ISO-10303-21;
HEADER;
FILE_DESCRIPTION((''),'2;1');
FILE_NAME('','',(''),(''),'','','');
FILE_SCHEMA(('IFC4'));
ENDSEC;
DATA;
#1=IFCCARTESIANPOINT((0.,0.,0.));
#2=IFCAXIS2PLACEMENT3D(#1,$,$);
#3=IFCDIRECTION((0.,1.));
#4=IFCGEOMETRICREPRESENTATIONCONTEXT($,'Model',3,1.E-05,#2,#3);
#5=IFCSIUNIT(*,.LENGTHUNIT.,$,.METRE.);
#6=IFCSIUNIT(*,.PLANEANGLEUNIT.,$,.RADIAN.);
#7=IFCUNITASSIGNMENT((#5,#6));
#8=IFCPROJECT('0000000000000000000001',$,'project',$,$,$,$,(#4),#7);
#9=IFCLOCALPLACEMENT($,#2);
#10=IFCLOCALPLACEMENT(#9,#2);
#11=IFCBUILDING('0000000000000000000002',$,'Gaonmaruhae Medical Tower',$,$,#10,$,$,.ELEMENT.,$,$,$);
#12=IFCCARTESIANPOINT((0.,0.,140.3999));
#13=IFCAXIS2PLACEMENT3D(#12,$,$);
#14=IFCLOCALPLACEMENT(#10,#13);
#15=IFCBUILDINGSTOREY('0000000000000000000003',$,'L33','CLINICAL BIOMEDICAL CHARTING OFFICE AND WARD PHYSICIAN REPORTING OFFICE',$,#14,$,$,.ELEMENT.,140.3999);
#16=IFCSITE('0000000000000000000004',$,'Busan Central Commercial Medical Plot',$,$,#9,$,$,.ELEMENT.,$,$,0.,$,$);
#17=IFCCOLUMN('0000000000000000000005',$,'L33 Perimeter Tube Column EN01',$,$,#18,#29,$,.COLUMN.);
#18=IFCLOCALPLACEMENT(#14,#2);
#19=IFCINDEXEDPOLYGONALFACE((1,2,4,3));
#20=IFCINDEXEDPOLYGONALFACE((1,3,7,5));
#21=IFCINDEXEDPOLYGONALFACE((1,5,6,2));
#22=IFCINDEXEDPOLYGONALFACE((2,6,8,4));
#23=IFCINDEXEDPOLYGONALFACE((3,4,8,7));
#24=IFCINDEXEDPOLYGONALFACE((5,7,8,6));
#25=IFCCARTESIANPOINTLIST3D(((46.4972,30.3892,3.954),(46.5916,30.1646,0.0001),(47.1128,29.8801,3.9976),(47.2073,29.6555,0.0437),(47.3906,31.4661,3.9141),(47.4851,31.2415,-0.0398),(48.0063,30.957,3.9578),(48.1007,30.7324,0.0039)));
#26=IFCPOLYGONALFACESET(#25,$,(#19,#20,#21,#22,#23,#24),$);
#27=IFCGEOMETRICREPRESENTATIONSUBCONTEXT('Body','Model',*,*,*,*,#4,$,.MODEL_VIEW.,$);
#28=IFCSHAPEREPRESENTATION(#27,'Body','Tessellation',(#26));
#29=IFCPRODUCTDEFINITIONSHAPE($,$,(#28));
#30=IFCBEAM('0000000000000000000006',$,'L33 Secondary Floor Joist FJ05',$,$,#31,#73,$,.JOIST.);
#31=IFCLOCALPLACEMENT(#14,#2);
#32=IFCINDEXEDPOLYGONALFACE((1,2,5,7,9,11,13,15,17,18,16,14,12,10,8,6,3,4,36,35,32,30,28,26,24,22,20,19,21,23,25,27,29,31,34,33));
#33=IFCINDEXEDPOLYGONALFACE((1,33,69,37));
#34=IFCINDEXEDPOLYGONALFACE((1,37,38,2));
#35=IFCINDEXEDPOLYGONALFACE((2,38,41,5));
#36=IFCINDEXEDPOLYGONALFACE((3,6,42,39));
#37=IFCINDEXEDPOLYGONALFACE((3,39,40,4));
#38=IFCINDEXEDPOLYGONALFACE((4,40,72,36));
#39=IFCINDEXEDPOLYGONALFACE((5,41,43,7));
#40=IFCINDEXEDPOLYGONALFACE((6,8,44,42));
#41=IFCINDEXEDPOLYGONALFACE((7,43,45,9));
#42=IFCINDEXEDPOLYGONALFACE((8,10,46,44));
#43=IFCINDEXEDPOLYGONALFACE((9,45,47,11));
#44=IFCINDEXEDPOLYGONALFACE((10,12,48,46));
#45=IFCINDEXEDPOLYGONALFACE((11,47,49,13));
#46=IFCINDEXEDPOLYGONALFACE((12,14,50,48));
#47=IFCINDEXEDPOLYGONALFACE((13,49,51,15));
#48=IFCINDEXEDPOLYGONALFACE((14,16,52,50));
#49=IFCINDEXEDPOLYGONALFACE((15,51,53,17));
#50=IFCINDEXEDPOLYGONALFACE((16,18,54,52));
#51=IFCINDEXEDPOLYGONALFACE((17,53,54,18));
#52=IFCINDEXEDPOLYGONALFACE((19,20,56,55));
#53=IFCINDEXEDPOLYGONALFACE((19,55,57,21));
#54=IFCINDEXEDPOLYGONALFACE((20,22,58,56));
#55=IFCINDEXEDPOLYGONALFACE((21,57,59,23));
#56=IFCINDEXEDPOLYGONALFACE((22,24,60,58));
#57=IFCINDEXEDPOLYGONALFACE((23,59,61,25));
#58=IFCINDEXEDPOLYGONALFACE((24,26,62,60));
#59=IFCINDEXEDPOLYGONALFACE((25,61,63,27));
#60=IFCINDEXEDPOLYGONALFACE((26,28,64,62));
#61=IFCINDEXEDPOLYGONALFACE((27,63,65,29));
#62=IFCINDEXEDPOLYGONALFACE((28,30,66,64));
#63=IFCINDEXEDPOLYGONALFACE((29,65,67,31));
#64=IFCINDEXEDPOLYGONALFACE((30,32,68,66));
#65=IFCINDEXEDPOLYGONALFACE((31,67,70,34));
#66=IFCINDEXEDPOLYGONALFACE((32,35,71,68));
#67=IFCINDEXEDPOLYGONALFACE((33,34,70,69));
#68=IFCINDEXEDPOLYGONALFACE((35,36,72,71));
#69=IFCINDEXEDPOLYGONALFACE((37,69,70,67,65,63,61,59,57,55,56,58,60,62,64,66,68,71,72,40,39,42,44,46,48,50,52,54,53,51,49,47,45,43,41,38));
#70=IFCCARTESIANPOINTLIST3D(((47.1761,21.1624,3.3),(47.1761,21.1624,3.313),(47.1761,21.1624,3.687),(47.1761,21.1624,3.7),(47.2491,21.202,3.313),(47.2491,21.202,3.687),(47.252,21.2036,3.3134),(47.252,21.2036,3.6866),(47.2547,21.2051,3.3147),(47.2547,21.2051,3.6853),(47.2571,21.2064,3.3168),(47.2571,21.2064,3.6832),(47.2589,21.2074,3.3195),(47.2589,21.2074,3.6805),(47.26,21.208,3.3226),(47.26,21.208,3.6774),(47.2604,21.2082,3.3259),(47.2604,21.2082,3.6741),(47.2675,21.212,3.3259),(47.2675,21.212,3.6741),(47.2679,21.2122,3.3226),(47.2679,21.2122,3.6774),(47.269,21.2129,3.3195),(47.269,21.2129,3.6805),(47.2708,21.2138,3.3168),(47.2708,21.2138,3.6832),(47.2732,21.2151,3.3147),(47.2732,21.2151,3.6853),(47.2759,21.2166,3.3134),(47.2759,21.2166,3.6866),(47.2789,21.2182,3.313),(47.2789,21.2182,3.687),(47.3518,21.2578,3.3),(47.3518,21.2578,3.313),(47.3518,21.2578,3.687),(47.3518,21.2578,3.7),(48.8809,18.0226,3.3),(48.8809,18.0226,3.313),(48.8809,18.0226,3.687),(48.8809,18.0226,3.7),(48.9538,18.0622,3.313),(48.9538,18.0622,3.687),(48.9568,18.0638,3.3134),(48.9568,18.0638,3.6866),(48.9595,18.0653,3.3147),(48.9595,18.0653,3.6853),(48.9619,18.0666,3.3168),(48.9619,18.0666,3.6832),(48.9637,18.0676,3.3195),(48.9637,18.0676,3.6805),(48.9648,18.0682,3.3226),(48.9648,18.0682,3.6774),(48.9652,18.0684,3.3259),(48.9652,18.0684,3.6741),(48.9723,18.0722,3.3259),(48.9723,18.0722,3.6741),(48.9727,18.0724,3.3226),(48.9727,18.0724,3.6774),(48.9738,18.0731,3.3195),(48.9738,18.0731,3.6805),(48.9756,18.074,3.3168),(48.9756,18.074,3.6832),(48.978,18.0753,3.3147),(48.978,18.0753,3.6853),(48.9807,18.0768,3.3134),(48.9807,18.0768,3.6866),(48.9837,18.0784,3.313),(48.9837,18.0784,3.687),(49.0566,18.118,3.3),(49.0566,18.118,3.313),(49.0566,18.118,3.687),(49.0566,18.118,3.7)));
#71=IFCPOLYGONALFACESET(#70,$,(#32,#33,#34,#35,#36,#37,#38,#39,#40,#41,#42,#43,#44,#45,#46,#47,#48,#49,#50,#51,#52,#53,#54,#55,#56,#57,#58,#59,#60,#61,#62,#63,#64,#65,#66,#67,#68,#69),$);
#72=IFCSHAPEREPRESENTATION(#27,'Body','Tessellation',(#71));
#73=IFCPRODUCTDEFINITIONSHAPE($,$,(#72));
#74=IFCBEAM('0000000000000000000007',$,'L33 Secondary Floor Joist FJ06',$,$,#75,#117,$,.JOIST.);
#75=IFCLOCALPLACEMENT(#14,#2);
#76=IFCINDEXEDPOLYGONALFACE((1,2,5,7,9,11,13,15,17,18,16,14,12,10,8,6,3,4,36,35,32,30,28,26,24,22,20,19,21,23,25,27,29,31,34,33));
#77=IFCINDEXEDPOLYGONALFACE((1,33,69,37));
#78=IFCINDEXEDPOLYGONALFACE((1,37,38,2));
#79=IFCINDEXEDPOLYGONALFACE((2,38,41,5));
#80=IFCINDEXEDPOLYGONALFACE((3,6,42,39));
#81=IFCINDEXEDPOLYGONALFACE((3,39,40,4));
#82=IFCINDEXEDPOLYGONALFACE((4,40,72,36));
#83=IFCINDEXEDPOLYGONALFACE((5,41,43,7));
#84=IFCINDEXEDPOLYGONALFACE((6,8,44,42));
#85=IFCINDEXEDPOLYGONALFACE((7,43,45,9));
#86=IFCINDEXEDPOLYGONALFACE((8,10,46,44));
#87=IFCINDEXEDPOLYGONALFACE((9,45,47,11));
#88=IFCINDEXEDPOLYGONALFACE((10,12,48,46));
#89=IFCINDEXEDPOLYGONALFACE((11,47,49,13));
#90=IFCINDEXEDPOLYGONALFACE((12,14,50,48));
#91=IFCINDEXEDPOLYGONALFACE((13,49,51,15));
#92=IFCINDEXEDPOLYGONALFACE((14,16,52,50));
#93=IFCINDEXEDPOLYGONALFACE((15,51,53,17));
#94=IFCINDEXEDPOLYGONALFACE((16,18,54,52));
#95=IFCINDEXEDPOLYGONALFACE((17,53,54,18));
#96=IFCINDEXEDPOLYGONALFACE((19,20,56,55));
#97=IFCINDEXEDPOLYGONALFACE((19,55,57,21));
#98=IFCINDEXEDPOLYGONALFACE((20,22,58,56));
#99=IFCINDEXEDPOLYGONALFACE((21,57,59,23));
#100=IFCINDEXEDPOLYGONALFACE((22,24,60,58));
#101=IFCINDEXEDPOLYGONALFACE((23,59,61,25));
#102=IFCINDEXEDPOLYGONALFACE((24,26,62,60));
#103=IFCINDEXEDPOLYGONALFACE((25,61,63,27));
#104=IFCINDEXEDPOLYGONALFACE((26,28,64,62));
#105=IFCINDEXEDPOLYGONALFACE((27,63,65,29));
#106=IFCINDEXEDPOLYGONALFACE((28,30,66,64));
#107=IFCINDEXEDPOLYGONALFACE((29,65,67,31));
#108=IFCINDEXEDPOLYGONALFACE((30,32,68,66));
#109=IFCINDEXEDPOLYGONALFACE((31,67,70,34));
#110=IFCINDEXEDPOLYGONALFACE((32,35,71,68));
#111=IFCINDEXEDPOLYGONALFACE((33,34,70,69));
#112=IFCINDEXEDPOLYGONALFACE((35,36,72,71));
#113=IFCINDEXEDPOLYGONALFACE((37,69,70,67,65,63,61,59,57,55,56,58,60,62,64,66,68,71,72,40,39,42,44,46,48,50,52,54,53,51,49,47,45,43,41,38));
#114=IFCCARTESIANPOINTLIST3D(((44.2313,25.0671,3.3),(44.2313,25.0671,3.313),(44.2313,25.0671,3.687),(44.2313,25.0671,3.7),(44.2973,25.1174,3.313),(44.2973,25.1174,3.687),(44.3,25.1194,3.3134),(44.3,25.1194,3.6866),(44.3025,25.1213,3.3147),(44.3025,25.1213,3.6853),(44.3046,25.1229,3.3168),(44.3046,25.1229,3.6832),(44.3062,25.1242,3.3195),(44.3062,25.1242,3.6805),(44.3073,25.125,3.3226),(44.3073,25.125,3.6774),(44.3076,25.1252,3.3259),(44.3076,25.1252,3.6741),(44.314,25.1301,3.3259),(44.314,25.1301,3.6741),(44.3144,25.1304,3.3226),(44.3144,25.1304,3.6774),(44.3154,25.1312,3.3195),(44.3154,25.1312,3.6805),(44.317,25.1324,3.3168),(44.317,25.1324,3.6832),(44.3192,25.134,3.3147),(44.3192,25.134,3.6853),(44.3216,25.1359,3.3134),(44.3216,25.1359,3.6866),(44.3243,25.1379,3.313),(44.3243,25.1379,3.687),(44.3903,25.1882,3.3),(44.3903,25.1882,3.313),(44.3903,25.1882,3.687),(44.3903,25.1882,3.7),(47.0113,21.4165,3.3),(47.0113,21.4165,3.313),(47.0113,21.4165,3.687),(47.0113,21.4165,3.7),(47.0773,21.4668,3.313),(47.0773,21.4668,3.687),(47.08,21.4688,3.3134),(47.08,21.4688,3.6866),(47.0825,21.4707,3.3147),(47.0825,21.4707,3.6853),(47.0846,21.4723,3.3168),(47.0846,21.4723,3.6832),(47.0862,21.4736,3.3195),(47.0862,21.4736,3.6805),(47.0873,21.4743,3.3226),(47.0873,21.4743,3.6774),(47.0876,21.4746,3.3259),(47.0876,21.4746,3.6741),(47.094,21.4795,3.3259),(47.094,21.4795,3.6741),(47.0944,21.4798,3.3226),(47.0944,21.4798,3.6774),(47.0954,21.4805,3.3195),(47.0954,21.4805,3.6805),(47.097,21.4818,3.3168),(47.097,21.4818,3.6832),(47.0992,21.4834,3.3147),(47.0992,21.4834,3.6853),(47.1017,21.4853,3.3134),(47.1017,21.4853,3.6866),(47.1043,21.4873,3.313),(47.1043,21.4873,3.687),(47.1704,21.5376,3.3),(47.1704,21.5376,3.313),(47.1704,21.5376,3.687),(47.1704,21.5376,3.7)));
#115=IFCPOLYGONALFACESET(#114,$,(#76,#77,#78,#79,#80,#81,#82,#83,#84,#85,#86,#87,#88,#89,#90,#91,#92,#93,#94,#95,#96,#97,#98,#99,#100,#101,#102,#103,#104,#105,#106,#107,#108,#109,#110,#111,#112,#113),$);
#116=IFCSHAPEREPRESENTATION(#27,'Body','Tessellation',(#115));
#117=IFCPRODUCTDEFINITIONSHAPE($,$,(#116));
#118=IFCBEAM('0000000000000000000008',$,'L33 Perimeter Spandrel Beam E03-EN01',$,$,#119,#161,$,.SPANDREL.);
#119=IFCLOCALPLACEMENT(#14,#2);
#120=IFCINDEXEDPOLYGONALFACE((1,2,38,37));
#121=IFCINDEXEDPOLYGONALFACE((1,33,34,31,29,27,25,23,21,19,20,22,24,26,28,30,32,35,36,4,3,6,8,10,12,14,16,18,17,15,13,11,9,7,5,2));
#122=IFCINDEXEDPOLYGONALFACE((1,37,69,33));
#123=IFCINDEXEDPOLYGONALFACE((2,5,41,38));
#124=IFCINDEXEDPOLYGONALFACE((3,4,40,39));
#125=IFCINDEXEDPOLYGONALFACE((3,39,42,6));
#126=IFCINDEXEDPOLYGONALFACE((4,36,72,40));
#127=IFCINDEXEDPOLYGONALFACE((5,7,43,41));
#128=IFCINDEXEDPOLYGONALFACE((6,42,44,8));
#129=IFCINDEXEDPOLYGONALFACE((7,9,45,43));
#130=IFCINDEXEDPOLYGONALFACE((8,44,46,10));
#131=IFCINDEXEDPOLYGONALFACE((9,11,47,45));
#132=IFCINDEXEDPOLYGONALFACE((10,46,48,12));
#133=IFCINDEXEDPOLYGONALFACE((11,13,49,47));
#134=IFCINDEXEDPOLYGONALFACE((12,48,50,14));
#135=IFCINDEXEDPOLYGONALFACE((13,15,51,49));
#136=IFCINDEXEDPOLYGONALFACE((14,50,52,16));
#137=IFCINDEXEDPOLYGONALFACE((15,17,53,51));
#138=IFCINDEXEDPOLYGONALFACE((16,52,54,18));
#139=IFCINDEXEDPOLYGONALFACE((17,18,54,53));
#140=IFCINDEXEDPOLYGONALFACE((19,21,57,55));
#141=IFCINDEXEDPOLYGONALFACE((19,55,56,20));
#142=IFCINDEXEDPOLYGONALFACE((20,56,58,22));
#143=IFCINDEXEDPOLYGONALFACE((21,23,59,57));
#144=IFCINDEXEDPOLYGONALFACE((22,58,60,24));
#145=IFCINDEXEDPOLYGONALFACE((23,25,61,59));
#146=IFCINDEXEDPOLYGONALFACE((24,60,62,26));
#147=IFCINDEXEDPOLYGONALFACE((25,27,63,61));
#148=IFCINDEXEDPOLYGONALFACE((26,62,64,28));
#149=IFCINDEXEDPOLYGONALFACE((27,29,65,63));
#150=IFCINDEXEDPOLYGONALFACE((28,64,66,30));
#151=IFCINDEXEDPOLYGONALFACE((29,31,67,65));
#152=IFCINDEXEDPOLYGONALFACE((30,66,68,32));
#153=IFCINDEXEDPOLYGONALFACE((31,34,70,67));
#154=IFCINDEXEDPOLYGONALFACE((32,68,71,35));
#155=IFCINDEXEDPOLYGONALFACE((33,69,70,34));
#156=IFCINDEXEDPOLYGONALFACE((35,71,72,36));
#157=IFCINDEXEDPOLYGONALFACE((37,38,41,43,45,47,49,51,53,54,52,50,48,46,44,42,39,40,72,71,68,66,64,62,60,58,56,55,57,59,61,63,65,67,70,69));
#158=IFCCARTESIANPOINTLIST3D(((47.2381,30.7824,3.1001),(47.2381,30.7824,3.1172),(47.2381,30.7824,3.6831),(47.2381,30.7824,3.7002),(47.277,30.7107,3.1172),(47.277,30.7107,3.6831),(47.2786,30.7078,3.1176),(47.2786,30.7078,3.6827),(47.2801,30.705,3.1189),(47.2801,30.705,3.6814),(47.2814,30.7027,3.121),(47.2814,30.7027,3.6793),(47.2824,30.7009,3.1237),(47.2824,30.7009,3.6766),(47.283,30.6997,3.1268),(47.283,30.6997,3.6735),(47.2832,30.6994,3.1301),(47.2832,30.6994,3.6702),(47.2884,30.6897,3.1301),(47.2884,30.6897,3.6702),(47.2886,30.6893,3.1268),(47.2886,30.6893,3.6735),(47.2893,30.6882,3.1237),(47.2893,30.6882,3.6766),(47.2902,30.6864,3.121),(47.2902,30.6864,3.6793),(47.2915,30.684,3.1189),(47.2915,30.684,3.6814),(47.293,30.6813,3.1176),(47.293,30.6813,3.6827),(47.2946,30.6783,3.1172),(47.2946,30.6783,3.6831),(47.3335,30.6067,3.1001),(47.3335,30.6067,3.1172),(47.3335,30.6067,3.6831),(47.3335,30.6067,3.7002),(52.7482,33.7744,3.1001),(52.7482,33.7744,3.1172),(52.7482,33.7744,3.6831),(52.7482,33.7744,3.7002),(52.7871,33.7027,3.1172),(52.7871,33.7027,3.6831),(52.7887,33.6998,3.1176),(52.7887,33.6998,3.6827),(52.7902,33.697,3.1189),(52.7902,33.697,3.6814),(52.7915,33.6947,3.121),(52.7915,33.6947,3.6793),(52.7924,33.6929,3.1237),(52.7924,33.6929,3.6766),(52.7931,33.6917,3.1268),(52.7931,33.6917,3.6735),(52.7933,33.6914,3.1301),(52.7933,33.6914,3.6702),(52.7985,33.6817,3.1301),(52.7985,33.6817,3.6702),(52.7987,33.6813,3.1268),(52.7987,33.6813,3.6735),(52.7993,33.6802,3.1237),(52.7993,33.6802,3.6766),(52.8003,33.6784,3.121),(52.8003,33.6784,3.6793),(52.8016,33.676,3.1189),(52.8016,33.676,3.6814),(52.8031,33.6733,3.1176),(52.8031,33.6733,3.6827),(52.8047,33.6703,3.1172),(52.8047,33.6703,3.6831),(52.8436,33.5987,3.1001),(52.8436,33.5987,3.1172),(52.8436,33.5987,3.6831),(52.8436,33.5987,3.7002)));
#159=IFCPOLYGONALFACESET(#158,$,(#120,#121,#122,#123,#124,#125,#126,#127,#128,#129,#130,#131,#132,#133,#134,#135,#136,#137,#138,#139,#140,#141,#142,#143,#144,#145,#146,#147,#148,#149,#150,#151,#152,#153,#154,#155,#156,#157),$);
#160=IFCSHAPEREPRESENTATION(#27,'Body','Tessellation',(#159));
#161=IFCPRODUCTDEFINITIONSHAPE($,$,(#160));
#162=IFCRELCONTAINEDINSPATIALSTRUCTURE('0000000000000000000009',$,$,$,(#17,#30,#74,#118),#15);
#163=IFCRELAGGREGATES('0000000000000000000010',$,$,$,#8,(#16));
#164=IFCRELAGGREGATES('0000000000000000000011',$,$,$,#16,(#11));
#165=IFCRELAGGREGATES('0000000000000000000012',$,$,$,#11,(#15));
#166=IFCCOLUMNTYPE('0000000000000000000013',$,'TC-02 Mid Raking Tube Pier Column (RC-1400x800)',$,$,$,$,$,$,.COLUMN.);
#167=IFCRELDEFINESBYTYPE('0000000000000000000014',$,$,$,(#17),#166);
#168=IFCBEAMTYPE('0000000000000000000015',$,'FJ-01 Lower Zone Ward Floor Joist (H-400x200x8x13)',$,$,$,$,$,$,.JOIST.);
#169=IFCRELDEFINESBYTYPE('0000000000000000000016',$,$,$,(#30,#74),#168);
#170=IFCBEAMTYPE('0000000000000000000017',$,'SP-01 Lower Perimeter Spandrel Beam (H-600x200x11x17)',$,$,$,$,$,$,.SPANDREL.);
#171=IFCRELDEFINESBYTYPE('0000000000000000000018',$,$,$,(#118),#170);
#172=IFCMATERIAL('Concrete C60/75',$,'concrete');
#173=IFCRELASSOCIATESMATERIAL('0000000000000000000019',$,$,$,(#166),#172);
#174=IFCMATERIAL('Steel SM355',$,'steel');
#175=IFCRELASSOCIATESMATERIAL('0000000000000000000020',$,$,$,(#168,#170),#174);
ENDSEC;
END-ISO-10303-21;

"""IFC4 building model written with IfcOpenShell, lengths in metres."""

from ifc_helpers import new_model, si_unit, direction, frame, origin, origin_2d, place, context, subcontext, project, spatial, rectangle, i_section, extrude, material, material_profile, profile_set, type_object, element, save


model = new_model("IFC4")

# Units and contexts
model_context = context("Model", 3, precision=1e-05, world=origin(), true_north=direction((0.0, 1.0)))
body_context = subcontext(model_context, "Body", "Model", "MODEL_VIEW")
ifc_project = project(units=[si_unit("LENGTHUNIT", "METRE"), si_unit("PLANEANGLEUNIT", "RADIAN")], contexts=[model_context])

# Site, building, storey
site_placement = place(None, origin())
site = spatial("IfcSite", under=ifc_project, at=site_placement, Name="Busan Central Commercial Medical Plot", CompositionType="ELEMENT", RefElevation=0.0)
building_placement = place(site_placement, origin())
building = spatial("IfcBuilding", under=site, at=building_placement, Name="Gaonmaruhae Medical Tower", CompositionType="ELEMENT")
storey_placement = place(building_placement, frame((0.0, 0.0, 140.3999)))
storey = spatial("IfcBuildingStorey", under=building, at=storey_placement, Name="L33", Description="CLINICAL BIOMEDICAL CHARTING OFFICE AND WARD PHYSICIAN REPORTING OFFICE", CompositionType="ELEMENT", Elevation=140.3999)

# Column
ifc_material_1 = material(Name="Concrete C60/75", Category="concrete")
ifc_material_profile_1 = material_profile(ifc_material_1, rectangle(XDim=1.3999, YDim=0.8, at=origin_2d()), Name="RC-1400x800")
ifc_profile_set_1 = profile_set([ifc_material_profile_1], Name="Concrete C60/75")
column_type = type_object("IfcColumnType", Name="TC-02 Mid Raking Tube Pier Column (RC-1400x800)", PredefinedType="COLUMN", material=ifc_profile_set_1)
column_placement = place(storey_placement, frame((47.3462, 30.4485, 0.002), z_axis=(-0.023851, 0.0567, 0.998106), x_axis=(-0.638245, -0.769307, 0.028451)))
element("IfcColumn", 1, at=column_placement, inside=storey, type_object=column_type, Name="L33 Perimeter Tube Column EN01", PredefinedType="COLUMN", context=body_context, shape_type="SweptSolid", body=[
    extrude(rectangle(XDim=1.3999, YDim=0.8, at=origin_2d()), origin(), (0.0, 0.0, 1.0), 3.9614),
])

# Beams
ifc_material_2 = material(Name="Steel SM355", Category="steel")
ifc_material_profile_2 = material_profile(ifc_material_2, i_section(OverallWidth=0.2, OverallDepth=0.3999, WebThickness=0.0081, FlangeThickness=0.0129, FilletRadius=0.0129, at=origin_2d()), Name="H-400x200x8x13")
ifc_profile_set_2 = profile_set([ifc_material_profile_2], Name="Steel SM355")
beam_type_1 = type_object("IfcBeamType", Name="FJ-01 Lower Zone Ward Floor Joist (H-400x200x8x13)", PredefinedType="JOIST", material=ifc_profile_set_2)
beam_1_placement = place(storey_placement, frame((48.9688, 18.0703, 3.5), z_axis=(-0.477161, 0.878816, 0.0), x_axis=(-0.878816, -0.477161, 0.0)))
element("IfcBeam", 2, at=beam_1_placement, inside=storey, type_object=beam_type_1, Name="L33 Secondary Floor Joist FJ05", PredefinedType="JOIST", context=body_context, shape_type="SweptSolid", body=[
    extrude(i_section(OverallWidth=0.2, OverallDepth=0.3999, WebThickness=0.0081, FlangeThickness=0.0129, FilletRadius=0.0129, at=origin_2d()), origin(), (0.0, 0.0, 1.0), 3.5728),
])
beam_2_placement = place(storey_placement, frame((47.0908, 21.4771, 3.5), z_axis=(-0.605849, 0.795579, 0.0), x_axis=(-0.795579, -0.605849, 0.0)))
element("IfcBeam", 3, at=beam_2_placement, inside=storey, type_object=beam_type_1, Name="L33 Secondary Floor Joist FJ06", PredefinedType="JOIST", context=body_context, shape_type="SweptSolid", body=[
    extrude(i_section(OverallWidth=0.2, OverallDepth=0.3999, WebThickness=0.0081, FlangeThickness=0.0129, FilletRadius=0.0129, at=origin_2d()), origin(), (0.0, 0.0, 1.0), 4.5886),
])
ifc_material_profile_3 = material_profile(ifc_material_2, i_section(OverallWidth=0.2, OverallDepth=0.6001, WebThickness=0.011, FlangeThickness=0.0171, FilletRadius=0.0129, at=origin_2d()), Name="H-600x200x11x17")
ifc_profile_set_3 = profile_set([ifc_material_profile_3], Name="Steel SM355")
beam_type_2 = type_object("IfcBeamType", Name="SP-01 Lower Perimeter Spandrel Beam (H-600x200x11x17)", PredefinedType="SPANDREL", material=ifc_profile_set_3)
beam_3_placement = place(storey_placement, frame((52.7959, 33.6865, 3.4001), z_axis=(-0.8788, -0.47719, 0.0), x_axis=(0.47719, -0.8788, 0.0)))
element("IfcBeam", 4, at=beam_3_placement, inside=storey, type_object=beam_type_2, Name="L33 Perimeter Spandrel Beam E03-EN01", PredefinedType="SPANDREL", context=body_context, shape_type="SweptSolid", body=[
    extrude(i_section(OverallWidth=0.2, OverallDepth=0.6001, WebThickness=0.011, FlangeThickness=0.0171, FilletRadius=0.0129, at=origin_2d()), origin(), (0.0, 0.0, 1.0), 6.27),
])

save(model, "model.ifc")
